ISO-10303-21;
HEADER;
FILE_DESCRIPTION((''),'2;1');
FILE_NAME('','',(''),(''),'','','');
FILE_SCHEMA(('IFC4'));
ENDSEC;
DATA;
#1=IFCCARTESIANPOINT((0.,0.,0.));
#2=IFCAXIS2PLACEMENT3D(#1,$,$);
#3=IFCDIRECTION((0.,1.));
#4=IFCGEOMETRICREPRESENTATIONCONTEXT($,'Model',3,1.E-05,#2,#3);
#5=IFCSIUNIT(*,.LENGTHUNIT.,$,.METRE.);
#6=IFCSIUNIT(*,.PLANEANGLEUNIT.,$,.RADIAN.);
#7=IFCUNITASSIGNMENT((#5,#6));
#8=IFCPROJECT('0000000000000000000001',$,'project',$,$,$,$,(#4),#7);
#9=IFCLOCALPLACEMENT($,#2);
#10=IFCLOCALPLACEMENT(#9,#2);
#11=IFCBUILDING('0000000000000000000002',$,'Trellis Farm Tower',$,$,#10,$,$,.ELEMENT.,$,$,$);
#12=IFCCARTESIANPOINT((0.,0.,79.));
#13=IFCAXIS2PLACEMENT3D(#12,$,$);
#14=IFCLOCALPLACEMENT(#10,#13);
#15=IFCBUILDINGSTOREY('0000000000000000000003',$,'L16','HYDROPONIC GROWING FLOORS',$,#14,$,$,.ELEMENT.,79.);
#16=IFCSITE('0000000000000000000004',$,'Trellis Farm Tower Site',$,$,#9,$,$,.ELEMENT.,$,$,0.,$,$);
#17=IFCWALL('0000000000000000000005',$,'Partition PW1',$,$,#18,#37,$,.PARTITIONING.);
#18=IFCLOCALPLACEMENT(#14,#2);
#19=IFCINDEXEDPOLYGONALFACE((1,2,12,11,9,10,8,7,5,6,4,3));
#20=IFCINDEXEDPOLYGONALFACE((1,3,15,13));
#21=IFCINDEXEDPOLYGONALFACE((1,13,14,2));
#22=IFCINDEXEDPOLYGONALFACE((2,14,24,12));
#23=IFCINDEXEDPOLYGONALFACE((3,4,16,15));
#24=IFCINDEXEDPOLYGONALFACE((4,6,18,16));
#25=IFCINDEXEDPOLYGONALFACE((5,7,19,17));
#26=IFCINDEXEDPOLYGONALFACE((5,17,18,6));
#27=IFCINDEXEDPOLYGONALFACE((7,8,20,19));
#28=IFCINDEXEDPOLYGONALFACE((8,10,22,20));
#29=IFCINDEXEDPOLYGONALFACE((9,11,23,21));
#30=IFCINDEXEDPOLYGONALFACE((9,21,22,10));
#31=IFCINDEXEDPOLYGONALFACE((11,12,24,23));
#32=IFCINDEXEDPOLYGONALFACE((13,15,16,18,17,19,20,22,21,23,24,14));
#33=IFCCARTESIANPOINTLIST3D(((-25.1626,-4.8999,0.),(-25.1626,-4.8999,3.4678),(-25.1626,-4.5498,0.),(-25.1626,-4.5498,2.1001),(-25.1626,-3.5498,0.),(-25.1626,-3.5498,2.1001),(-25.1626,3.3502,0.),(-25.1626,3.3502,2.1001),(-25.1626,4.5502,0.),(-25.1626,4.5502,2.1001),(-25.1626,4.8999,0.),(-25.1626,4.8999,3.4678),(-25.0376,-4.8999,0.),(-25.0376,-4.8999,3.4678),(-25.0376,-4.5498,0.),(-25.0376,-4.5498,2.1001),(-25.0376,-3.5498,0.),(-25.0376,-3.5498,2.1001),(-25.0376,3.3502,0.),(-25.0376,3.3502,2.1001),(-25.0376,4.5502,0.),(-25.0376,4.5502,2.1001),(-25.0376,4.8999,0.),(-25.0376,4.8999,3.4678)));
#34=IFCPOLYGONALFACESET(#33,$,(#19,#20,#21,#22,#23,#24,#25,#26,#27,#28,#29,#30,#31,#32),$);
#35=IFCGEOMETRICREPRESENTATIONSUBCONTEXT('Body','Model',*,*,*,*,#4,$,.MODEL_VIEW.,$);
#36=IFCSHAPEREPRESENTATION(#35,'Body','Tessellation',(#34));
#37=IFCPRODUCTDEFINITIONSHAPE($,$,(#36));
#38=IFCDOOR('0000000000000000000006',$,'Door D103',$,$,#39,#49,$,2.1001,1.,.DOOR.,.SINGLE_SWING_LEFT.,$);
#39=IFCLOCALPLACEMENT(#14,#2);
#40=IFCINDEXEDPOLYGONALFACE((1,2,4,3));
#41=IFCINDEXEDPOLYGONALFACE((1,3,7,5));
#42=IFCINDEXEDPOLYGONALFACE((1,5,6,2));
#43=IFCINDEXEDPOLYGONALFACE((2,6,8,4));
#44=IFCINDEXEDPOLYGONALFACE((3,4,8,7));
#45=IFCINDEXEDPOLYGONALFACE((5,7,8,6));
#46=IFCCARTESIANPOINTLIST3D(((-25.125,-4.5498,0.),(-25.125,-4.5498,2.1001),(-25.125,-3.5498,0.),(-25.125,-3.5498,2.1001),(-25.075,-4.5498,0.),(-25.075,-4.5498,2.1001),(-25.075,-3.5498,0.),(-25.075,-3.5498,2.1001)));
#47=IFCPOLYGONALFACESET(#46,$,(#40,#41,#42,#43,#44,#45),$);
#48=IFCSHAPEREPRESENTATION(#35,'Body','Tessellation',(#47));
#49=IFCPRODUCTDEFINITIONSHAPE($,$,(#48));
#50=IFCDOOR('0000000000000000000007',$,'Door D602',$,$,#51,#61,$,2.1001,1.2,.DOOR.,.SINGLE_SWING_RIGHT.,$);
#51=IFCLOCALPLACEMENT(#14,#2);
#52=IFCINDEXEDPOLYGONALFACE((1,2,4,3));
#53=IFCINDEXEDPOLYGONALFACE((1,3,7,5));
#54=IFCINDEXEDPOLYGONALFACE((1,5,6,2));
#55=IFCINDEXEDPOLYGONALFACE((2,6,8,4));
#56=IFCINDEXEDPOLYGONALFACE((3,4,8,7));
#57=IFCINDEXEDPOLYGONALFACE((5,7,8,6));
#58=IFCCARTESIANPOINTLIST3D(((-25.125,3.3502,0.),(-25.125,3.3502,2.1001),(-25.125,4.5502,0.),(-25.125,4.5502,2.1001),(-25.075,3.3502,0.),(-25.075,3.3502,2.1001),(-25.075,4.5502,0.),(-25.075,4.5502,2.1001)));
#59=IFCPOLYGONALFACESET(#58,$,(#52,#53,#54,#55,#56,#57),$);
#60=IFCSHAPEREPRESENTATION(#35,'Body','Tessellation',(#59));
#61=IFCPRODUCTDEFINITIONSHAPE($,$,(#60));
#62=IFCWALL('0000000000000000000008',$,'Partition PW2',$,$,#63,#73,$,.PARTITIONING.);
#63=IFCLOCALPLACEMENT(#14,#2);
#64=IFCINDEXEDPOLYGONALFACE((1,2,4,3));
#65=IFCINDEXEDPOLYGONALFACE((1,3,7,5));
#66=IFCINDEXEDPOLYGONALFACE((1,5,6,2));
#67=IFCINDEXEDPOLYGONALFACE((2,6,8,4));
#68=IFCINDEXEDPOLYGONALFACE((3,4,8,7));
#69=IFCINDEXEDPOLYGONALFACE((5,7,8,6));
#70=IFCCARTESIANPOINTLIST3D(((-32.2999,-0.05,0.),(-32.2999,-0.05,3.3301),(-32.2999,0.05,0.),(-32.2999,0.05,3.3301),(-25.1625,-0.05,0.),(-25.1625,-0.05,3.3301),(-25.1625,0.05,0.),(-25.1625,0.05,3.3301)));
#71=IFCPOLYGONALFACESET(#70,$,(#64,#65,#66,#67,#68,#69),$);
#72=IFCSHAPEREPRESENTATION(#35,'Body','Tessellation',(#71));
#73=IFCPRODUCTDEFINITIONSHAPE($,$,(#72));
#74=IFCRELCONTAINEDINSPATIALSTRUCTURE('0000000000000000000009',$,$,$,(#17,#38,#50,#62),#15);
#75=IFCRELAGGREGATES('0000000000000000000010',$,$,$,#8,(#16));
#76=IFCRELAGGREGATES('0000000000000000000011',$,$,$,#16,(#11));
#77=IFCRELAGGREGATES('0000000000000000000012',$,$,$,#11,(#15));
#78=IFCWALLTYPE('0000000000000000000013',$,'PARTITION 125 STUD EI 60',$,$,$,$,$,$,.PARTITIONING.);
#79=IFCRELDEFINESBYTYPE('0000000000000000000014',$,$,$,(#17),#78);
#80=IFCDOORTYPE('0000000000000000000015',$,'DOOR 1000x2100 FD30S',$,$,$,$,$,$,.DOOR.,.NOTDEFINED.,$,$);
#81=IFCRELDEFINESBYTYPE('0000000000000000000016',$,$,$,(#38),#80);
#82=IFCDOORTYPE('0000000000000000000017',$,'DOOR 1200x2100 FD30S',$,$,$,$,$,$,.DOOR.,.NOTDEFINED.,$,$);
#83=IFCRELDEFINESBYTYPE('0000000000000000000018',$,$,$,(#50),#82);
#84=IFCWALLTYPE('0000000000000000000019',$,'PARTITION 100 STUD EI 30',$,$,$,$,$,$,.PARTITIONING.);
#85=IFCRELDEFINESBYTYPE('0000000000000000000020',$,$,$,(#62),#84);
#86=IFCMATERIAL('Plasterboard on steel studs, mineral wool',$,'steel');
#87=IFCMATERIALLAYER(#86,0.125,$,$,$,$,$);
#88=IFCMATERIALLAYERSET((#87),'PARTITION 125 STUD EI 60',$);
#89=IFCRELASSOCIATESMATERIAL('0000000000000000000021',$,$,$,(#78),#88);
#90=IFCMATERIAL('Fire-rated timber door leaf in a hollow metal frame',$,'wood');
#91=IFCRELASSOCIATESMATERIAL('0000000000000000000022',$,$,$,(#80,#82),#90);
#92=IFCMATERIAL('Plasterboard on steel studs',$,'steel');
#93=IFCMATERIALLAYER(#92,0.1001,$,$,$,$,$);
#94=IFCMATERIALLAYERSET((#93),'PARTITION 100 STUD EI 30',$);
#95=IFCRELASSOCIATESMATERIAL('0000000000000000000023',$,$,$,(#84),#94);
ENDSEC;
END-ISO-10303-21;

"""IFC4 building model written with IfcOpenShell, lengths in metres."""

from ifc_helpers import new_model, si_unit, direction, frame, frame_2d, origin, place, context, subcontext, project, spatial, rectangle, extrude, source, transform, mapped, material, layer, layer_set, type_object, element, fill, save


model = new_model("IFC4")

# Units and contexts
model_context = context("Model", 3, precision=1e-05, world=origin(), true_north=direction((0.0, 1.0)))
body_context = subcontext(model_context, "Body", "Model", "MODEL_VIEW")
ifc_project = project(units=[si_unit("LENGTHUNIT", "METRE"), si_unit("PLANEANGLEUNIT", "RADIAN")], contexts=[model_context])

# Site, building, storey
site_placement = place(None, origin())
site = spatial("IfcSite", under=ifc_project, at=site_placement, Name="Trellis Farm Tower Site", CompositionType="ELEMENT", RefElevation=0.0)
building_placement = place(site_placement, origin())
building = spatial("IfcBuilding", under=site, at=building_placement, Name="Trellis Farm Tower", CompositionType="ELEMENT")
storey_placement = place(building_placement, frame((0.0, 0.0, 79.0)))
storey = spatial("IfcBuildingStorey", under=building, at=storey_placement, Name="L16", Description="HYDROPONIC GROWING FLOORS", CompositionType="ELEMENT", Elevation=79.0)

# Wall, openings, doors
ifc_material_1 = material(Name="Plasterboard on steel studs, mineral wool", Category="steel")
ifc_layer_1 = layer(ifc_material_1, 0.125)
ifc_layer_set_1 = layer_set([ifc_layer_1], Name="PARTITION 125 STUD EI 60")
wall_type_1 = type_object("IfcWallType", Name="PARTITION 125 STUD EI 60", PredefinedType="PARTITIONING", material=ifc_layer_set_1)
shared_shape_1 = source(origin(), body_context, "Body", "SweptSolid", [
    extrude(rectangle(XDim=9.7998, YDim=0.125, at=frame_2d((4.8999, 0.0))), origin(), (0.0, 0.0, 1.0), 3.4678),
])
wall_1_placement = place(storey_placement, frame((-25.1001, -4.8999, 0.0), z_axis=(0.0, 0.0, 1.0), x_axis=(0.0, 1.0, 0.0)))
wall_1 = element("IfcWall", 1, at=wall_1_placement, inside=storey, type_object=wall_type_1, Name="Partition PW1", PredefinedType="PARTITIONING", context=body_context, shape_type="MappedRepresentation", body=[
    mapped(shared_shape_1, transform((0.0, 0.0, 0.0))),
])
shared_shape_2 = source(origin(), body_context, "Body", "SweptSolid", [
    extrude(rectangle(XDim=1.0, YDim=2.1001, at=frame_2d((0.5, 1.05))), frame((0.0, 0.0725, 0.0), z_axis=(0.0, -1.0, 0.0), x_axis=(1.0, 0.0, 0.0)), (0.0, 0.0, 1.0), 0.145),
])
opening_1_placement = place(wall_1_placement, frame((0.3501, 0.0, 0.0)))
opening_1 = element("IfcOpeningElement", 2, at=opening_1_placement, cuts=wall_1, PredefinedType="OPENING", context=body_context, shape_type="MappedRepresentation", body=[
    mapped(shared_shape_2, transform((0.0, 0.0, 0.0))),
])
shared_shape_3 = source(origin(), body_context, "Body", "SweptSolid", [
    extrude(rectangle(XDim=1.2, YDim=2.1001, at=frame_2d((0.6001, 1.05))), frame((0.0, 0.0725, 0.0), z_axis=(0.0, -1.0, 0.0), x_axis=(1.0, 0.0, 0.0)), (0.0, 0.0, 1.0), 0.145),
])
opening_2_placement = place(wall_1_placement, frame((8.25, 0.0, 0.0)))
opening_2 = element("IfcOpeningElement", 3, at=opening_2_placement, cuts=wall_1, PredefinedType="OPENING", context=body_context, shape_type="MappedRepresentation", body=[
    mapped(shared_shape_3, transform((0.0, 0.0, 0.0))),
])
ifc_material_2 = material(Name="Fire-rated timber door leaf in a hollow metal frame", Category="wood")
door_type_1 = type_object("IfcDoorType", Name="DOOR 1000x2100 FD30S", OperationType="NOTDEFINED", PredefinedType="DOOR", material=ifc_material_2)
shared_shape_4 = source(origin(), body_context, "Body", "SweptSolid", [
    extrude(rectangle(XDim=1.0, YDim=2.1001, at=frame_2d((0.5, 1.05))), frame((0.0, 0.0249, 0.0), z_axis=(0.0, -1.0, 0.0), x_axis=(1.0, 0.0, 0.0)), (0.0, 0.0, 1.0), 0.05),
])
door_1_placement = place(opening_1_placement, origin())
door_1 = element("IfcDoor", 4, at=door_1_placement, inside=storey, type_object=door_type_1, Name="Door D103", OperationType="SINGLE_SWING_LEFT", OverallHeight=2.1001, OverallWidth=1.0, PredefinedType="DOOR", context=body_context, shape_type="MappedRepresentation", body=[
    mapped(shared_shape_4, transform((0.0, 0.0, 0.0))),
])
fill(opening_1, door_1)
door_type_2 = type_object("IfcDoorType", Name="DOOR 1200x2100 FD30S", OperationType="NOTDEFINED", PredefinedType="DOOR", material=ifc_material_2)
shared_shape_5 = source(origin(), body_context, "Body", "SweptSolid", [
    extrude(rectangle(XDim=1.2, YDim=2.1001, at=frame_2d((0.6001, 1.05))), frame((0.0, 0.0249, 0.0), z_axis=(0.0, -1.0, 0.0), x_axis=(1.0, 0.0, 0.0)), (0.0, 0.0, 1.0), 0.05),
])
door_2_placement = place(opening_2_placement, origin())
door_2 = element("IfcDoor", 5, at=door_2_placement, inside=storey, type_object=door_type_2, Name="Door D602", OperationType="SINGLE_SWING_RIGHT", OverallHeight=2.1001, OverallWidth=1.2, PredefinedType="DOOR", context=body_context, shape_type="MappedRepresentation", body=[
    mapped(shared_shape_5, transform((0.0, 0.0, 0.0))),
])
fill(opening_2, door_2)

# Wall
ifc_material_3 = material(Name="Plasterboard on steel studs", Category="steel")
ifc_layer_2 = layer(ifc_material_3, 0.1001)
ifc_layer_set_2 = layer_set([ifc_layer_2], Name="PARTITION 100 STUD EI 30")
wall_type_2 = type_object("IfcWallType", Name="PARTITION 100 STUD EI 30", PredefinedType="PARTITIONING", material=ifc_layer_set_2)
shared_shape_6 = source(origin(), body_context, "Body", "SweptSolid", [
    extrude(rectangle(XDim=7.1375, YDim=0.1001, at=frame_2d((3.5688, 0.0))), origin(), (0.0, 0.0, 1.0), 3.3301),
])
wall_2_placement = place(storey_placement, frame((-32.3, 0.0, 0.0), z_axis=(0.0, 0.0, 1.0), x_axis=(1.0, 0.0, 0.0)))
element("IfcWall", 6, at=wall_2_placement, inside=storey, type_object=wall_type_2, Name="Partition PW2", PredefinedType="PARTITIONING", context=body_context, shape_type="MappedRepresentation", body=[
    mapped(shared_shape_6, transform((0.0, 0.0, 0.0))),
])

save(model, "model.ifc")
